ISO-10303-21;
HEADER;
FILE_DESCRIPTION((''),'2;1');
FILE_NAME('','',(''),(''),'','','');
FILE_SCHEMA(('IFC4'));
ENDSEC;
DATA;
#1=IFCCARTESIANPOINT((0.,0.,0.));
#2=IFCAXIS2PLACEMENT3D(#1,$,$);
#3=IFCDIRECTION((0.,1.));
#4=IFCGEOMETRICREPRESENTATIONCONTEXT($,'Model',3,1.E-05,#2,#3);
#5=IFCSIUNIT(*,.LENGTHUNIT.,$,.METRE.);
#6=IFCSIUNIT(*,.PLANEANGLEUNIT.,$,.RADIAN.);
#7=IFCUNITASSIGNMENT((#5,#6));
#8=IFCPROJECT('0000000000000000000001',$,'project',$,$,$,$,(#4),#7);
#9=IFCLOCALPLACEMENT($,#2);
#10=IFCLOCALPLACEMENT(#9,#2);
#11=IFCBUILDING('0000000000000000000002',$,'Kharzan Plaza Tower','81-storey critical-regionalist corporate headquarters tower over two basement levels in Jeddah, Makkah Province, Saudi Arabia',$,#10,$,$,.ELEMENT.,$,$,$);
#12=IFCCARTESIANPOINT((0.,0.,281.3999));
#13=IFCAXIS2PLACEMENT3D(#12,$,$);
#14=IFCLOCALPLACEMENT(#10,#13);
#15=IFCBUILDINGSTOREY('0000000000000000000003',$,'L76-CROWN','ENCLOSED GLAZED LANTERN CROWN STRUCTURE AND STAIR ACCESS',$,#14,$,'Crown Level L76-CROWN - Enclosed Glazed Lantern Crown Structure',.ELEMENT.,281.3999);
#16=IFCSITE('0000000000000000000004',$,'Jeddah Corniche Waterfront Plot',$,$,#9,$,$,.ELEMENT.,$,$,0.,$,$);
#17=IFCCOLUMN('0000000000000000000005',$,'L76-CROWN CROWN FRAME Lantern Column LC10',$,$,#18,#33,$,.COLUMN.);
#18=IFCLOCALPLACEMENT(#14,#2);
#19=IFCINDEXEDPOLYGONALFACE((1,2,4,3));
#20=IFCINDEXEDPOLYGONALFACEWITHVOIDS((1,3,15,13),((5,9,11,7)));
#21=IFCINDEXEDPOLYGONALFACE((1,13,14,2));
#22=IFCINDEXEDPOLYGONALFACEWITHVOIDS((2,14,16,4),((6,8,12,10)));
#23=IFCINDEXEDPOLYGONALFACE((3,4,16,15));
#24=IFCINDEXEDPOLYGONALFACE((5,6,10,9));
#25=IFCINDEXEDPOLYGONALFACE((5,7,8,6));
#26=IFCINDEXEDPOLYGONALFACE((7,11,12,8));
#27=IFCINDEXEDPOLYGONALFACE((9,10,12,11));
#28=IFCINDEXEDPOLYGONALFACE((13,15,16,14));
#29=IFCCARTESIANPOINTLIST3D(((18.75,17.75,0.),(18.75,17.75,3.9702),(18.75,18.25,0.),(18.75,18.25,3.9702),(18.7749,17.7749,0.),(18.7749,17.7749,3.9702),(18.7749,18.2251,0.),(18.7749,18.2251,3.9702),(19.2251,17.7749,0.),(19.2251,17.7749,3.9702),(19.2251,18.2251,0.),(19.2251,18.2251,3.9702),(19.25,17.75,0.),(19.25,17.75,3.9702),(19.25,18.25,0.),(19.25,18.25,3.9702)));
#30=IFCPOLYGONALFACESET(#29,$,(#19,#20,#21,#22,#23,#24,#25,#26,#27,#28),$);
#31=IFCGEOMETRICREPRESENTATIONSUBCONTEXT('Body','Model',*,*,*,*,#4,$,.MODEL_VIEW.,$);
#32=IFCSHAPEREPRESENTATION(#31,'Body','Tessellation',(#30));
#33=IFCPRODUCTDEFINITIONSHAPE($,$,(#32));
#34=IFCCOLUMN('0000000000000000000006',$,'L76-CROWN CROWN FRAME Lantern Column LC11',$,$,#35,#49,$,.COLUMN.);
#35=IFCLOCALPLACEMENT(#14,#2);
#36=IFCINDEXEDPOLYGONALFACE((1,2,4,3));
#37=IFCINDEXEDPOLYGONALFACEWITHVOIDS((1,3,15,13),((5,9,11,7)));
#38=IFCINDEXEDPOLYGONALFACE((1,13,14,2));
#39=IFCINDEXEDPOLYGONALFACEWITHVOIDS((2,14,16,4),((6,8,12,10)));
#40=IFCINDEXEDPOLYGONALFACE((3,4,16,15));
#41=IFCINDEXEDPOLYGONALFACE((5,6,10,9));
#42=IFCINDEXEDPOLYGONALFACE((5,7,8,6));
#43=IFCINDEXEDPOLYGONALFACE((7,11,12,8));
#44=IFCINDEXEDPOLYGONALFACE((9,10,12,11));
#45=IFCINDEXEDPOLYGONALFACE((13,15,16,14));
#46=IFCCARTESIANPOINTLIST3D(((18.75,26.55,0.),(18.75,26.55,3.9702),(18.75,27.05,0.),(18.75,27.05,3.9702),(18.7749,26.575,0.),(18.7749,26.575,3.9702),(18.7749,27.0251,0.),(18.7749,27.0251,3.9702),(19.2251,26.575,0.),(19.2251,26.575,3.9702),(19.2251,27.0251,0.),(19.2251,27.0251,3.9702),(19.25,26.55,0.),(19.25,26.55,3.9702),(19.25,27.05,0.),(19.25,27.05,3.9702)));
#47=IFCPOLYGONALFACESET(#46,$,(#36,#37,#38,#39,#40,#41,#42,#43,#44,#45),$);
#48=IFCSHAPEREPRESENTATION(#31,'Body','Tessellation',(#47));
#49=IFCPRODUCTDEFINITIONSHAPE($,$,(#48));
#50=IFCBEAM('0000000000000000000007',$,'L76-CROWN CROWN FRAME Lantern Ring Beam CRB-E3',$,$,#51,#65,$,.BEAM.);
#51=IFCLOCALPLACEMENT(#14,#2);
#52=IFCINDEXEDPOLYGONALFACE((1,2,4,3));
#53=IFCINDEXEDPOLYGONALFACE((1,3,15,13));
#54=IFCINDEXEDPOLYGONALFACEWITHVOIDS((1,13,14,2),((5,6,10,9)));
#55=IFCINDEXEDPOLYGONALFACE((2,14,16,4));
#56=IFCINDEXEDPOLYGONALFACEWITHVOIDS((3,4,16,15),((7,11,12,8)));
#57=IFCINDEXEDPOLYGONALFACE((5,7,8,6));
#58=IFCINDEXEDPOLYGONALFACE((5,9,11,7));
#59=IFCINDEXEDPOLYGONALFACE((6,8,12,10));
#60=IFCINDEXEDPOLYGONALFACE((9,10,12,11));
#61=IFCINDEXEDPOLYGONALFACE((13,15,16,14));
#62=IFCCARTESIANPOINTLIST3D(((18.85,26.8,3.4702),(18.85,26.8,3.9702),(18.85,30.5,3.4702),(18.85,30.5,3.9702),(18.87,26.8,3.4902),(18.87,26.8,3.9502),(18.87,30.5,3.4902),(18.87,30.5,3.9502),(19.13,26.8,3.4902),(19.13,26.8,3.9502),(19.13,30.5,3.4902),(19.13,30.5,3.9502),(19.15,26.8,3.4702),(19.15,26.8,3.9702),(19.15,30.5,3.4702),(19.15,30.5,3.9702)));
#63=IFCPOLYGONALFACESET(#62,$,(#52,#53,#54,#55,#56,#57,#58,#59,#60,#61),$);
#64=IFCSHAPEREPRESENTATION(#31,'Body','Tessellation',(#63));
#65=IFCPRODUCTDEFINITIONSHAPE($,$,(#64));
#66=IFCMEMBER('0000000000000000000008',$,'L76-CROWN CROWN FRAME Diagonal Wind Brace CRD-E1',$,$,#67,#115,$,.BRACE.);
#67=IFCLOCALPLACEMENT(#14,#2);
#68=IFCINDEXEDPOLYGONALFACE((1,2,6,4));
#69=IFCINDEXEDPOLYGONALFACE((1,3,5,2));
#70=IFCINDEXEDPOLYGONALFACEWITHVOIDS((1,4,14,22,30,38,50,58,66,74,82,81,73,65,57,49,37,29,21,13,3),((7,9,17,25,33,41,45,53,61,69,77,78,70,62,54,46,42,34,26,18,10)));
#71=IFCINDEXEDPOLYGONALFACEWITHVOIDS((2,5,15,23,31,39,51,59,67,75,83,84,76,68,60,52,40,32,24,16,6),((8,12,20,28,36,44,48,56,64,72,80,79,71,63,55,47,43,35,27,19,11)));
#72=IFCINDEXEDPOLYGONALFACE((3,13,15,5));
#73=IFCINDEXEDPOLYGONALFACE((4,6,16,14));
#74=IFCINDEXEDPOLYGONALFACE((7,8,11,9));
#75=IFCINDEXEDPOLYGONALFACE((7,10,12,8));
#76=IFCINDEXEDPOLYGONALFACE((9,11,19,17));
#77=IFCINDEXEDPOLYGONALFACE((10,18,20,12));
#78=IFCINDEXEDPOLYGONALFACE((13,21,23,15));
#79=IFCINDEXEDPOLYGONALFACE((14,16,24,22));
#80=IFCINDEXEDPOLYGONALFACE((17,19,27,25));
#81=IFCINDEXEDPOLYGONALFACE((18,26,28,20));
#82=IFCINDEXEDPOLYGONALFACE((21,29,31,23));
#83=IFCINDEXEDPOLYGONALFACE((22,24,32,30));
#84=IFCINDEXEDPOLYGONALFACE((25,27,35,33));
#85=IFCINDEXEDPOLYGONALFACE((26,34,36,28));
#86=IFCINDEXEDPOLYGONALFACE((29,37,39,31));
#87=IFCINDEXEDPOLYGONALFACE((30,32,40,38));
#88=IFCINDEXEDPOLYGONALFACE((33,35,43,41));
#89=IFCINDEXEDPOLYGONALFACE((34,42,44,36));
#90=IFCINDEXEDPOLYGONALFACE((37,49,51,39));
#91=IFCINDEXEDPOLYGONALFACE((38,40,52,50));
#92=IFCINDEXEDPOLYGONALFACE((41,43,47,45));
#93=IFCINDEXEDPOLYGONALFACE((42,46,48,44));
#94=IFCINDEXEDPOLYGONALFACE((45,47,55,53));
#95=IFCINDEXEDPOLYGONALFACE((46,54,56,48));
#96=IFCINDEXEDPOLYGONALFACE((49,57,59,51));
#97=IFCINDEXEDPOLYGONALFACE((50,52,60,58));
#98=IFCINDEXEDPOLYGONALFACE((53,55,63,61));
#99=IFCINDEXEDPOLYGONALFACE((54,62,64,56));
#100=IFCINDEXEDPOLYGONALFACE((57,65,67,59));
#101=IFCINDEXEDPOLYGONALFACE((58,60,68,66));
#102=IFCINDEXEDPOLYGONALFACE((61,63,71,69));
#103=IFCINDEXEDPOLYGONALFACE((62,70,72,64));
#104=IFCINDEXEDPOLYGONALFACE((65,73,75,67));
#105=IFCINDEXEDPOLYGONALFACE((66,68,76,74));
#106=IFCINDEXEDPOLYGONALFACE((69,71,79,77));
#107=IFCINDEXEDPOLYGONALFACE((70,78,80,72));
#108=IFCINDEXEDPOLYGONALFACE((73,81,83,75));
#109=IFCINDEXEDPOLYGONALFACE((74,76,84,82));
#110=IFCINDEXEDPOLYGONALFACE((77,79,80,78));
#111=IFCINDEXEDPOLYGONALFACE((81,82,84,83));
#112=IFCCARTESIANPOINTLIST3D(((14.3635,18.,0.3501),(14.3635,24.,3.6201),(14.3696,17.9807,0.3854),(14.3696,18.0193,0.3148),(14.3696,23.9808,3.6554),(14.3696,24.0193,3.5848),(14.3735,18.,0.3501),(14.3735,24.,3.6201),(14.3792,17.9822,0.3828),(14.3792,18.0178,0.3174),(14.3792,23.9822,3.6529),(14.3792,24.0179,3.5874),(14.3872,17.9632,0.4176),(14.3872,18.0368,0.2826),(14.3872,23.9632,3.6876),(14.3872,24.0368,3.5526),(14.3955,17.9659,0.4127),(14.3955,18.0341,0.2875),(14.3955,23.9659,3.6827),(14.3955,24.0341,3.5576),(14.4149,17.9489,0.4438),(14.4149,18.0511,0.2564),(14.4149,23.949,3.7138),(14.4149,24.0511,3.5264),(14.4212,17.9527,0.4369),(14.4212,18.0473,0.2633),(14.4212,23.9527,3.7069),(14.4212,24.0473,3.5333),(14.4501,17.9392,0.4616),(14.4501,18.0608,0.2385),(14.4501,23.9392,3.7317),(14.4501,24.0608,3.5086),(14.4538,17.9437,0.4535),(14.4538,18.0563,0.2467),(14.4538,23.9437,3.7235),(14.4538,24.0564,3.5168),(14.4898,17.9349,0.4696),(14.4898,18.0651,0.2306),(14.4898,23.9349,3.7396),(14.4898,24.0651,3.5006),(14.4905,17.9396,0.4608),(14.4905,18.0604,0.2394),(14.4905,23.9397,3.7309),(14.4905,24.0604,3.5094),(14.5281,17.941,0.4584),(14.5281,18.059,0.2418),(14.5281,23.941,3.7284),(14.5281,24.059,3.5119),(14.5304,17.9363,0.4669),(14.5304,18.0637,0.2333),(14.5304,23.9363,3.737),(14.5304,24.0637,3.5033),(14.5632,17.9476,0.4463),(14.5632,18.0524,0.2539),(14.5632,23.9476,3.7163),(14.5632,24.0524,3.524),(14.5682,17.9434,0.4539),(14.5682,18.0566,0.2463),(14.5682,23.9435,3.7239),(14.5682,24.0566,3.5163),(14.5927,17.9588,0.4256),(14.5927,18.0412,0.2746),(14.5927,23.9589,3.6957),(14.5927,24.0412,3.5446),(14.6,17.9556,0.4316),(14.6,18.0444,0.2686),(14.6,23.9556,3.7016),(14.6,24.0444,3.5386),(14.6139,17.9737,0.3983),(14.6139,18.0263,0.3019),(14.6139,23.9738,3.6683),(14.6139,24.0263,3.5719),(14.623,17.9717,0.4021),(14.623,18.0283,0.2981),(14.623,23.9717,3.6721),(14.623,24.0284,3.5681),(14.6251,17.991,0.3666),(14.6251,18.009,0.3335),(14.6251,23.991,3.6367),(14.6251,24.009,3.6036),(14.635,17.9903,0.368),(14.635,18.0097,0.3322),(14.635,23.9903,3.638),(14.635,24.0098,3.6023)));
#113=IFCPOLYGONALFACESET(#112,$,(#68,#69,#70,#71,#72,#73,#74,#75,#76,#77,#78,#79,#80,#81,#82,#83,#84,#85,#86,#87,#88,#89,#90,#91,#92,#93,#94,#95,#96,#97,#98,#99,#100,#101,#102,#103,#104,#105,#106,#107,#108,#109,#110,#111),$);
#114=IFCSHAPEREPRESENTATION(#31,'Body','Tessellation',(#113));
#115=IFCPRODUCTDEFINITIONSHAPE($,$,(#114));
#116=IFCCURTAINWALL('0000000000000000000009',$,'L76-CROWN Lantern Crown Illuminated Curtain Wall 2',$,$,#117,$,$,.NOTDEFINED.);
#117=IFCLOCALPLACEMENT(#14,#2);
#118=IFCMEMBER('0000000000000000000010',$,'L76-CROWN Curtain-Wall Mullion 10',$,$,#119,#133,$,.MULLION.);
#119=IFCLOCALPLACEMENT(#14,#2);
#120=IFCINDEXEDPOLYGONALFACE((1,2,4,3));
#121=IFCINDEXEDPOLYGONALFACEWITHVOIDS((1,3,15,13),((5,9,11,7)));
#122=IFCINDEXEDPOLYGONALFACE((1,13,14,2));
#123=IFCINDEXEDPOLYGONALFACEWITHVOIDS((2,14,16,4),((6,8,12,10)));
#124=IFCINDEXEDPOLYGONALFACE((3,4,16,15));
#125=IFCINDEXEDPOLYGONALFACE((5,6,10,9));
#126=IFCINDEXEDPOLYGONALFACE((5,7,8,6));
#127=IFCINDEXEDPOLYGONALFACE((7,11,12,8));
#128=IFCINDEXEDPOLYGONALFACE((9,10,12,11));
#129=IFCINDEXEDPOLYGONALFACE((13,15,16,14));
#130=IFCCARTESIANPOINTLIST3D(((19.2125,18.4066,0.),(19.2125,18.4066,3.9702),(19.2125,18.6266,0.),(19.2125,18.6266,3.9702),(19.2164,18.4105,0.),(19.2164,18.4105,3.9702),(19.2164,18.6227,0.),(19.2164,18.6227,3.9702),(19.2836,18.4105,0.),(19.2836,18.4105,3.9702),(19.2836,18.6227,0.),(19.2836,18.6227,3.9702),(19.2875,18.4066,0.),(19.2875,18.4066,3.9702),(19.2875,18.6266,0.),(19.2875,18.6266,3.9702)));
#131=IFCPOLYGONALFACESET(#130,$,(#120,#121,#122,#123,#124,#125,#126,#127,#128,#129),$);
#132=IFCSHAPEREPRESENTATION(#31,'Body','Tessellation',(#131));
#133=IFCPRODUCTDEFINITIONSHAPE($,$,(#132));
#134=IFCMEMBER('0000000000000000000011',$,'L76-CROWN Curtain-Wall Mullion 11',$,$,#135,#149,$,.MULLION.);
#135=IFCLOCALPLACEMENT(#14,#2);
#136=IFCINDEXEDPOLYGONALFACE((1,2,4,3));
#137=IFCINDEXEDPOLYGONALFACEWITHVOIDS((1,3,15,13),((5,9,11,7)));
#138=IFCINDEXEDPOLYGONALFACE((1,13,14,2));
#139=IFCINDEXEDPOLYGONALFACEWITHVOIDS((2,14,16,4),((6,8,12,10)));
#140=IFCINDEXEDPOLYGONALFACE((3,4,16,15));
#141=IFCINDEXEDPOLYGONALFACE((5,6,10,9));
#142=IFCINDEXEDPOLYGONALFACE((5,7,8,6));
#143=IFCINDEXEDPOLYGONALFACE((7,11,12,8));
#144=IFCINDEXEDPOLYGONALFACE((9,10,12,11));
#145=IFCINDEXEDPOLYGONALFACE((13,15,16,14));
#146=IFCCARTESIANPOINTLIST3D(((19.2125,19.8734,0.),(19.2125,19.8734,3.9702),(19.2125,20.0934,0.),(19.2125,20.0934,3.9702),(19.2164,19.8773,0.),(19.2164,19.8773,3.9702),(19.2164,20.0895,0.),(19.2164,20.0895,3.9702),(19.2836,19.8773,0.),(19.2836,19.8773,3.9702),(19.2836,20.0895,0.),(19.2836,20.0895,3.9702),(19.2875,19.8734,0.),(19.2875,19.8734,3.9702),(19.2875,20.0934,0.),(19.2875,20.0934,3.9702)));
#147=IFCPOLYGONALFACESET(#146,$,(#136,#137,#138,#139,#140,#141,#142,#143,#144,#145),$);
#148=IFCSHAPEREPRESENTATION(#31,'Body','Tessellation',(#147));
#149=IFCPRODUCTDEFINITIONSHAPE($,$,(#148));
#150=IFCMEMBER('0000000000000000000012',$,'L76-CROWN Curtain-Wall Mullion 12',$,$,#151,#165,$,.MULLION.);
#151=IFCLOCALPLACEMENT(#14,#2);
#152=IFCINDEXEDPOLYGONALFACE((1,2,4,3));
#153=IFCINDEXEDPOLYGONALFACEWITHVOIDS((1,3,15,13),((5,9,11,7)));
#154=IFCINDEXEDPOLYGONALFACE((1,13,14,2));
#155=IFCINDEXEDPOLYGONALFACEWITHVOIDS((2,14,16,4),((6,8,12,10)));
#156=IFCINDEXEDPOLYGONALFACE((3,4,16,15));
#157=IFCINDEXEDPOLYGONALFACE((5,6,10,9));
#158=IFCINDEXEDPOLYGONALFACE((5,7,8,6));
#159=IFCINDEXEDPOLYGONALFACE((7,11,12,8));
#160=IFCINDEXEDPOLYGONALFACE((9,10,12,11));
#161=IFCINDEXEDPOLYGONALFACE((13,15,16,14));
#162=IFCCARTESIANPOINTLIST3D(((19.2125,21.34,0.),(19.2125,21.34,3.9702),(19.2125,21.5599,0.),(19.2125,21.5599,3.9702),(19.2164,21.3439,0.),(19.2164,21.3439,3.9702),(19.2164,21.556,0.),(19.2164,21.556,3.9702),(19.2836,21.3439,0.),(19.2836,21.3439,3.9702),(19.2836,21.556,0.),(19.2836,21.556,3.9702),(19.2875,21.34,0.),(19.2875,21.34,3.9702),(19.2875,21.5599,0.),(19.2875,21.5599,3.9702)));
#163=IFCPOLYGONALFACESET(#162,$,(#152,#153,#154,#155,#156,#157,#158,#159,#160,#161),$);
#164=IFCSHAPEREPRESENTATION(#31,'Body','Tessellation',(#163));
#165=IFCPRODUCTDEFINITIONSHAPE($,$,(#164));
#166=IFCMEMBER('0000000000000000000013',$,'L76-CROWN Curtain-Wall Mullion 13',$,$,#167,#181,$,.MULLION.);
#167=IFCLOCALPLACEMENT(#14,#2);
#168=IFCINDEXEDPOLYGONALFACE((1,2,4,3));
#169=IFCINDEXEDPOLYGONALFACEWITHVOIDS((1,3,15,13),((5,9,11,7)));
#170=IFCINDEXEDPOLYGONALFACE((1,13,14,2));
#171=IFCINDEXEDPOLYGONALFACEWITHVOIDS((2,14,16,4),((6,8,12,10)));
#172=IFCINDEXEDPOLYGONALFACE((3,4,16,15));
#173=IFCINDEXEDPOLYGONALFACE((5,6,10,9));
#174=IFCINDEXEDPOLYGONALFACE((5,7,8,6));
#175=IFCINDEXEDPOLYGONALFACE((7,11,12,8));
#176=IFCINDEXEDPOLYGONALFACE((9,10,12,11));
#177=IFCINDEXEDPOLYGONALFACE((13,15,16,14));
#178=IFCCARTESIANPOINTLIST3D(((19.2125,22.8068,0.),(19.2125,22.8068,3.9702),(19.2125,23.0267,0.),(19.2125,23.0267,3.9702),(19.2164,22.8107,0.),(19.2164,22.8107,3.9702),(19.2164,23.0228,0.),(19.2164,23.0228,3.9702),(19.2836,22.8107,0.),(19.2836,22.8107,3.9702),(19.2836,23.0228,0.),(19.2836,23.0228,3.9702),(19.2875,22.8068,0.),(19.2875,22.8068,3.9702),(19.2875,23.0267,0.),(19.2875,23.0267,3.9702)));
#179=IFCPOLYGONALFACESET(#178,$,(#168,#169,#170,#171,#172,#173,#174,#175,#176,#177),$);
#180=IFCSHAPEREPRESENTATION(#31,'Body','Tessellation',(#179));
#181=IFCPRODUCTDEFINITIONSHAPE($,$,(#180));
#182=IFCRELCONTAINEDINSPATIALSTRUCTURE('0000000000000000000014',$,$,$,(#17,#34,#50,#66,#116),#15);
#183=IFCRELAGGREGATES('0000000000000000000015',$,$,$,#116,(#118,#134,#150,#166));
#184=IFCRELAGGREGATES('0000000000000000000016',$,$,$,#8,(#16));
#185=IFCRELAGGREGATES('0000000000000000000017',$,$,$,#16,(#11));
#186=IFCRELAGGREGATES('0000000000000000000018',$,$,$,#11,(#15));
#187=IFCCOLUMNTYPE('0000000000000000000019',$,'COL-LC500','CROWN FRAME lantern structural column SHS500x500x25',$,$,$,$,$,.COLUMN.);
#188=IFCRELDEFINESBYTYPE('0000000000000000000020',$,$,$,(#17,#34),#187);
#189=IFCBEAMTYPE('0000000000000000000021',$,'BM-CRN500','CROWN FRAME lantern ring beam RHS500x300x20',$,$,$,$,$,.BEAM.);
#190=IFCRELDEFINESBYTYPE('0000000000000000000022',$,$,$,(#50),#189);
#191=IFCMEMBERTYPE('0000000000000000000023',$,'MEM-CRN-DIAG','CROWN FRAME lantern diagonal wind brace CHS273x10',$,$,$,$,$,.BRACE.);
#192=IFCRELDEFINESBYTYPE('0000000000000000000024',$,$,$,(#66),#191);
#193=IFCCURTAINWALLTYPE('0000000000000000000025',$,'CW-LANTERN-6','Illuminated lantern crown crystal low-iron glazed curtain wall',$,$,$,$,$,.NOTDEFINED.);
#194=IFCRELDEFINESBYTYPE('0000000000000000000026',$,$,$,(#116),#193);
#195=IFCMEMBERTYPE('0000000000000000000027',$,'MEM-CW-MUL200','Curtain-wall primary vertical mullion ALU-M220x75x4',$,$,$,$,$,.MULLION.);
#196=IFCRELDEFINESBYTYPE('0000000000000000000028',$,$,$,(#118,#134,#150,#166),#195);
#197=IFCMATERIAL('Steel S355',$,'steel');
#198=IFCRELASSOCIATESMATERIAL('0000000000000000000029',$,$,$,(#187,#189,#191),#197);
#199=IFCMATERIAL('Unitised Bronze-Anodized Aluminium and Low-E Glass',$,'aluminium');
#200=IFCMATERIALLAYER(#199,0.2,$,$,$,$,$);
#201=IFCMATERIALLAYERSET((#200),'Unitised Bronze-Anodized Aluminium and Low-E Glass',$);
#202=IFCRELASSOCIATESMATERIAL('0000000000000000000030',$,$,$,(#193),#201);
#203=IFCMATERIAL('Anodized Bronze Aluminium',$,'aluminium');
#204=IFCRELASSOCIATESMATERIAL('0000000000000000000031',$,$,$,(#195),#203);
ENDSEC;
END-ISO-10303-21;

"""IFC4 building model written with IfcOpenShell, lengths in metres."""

from ifc_helpers import new_model, si_unit, direction, frame, origin, origin_2d, place, context, subcontext, project, spatial, hollow_rectangle, hollow_circle, extrude, source, transform, mapped, material, layer, layer_set, material_profile, profile_set, type_object, element, aggregate, save


model = new_model("IFC4")

# Units and contexts
model_context = context("Model", 3, precision=1e-05, world=origin(), true_north=direction((0.0, 1.0)))
body_context = subcontext(model_context, "Body", "Model", "MODEL_VIEW")
ifc_project = project(units=[si_unit("LENGTHUNIT", "METRE"), si_unit("PLANEANGLEUNIT", "RADIAN")], contexts=[model_context])

# Site, building, storey
site_placement = place(None, origin())
site = spatial("IfcSite", under=ifc_project, at=site_placement, Name="Jeddah Corniche Waterfront Plot", CompositionType="ELEMENT", RefElevation=0.0)
building_placement = place(site_placement, origin())
building = spatial("IfcBuilding", under=site, at=building_placement, Name="Kharzan Plaza Tower", Description="81-storey critical-regionalist corporate headquarters tower over two basement levels in Jeddah, Makkah Province, Saudi Arabia", CompositionType="ELEMENT")
storey_placement = place(building_placement, frame((0.0, 0.0, 281.3999)))
storey = spatial("IfcBuildingStorey", under=building, at=storey_placement, Name="L76-CROWN", Description="ENCLOSED GLAZED LANTERN CROWN STRUCTURE AND STAIR ACCESS", LongName="Crown Level L76-CROWN - Enclosed Glazed Lantern Crown Structure", CompositionType="ELEMENT", Elevation=281.3999)

# Columns
ifc_material_1 = material(Name="Steel S355", Category="steel")
ifc_material_profile_1 = material_profile(ifc_material_1, hollow_rectangle(XDim=0.5, YDim=0.5, WallThickness=0.0249, at=origin_2d()), Name="SHS500x500x25")
ifc_profile_set_1 = profile_set([ifc_material_profile_1], Name="Steel S355")
column_type = type_object("IfcColumnType", Name="COL-LC500", Description="CROWN FRAME lantern structural column SHS500x500x25", PredefinedType="COLUMN", material=ifc_profile_set_1)
shared_shape_1 = source(origin(), body_context, "Body", "SweptSolid", [
    extrude(hollow_rectangle(XDim=0.5, YDim=0.5, WallThickness=0.0249, at=origin_2d()), origin(), (0.0, 0.0, 1.0), 3.9702),
])
for number, where, z_axis, x_axis, name in (
    (1, (19.0, 18.0, 0.0), (0.0, 0.0, 1.0), (1.0, 0.0, 0.0), "L76-CROWN CROWN FRAME Lantern Column LC10"),
    (2, (19.0, 26.8, 0.0), (0.0, 0.0, 1.0), (1.0, 0.0, 0.0), "L76-CROWN CROWN FRAME Lantern Column LC11"),
):
    element("IfcColumn", number, at=place(storey_placement, frame(where, z_axis=z_axis, x_axis=x_axis)), inside=storey, type_object=column_type, Name=name, PredefinedType="COLUMN", context=body_context, shape_type="MappedRepresentation", body=[
        mapped(shared_shape_1, transform((0.0, 0.0, 0.0), x_axis=(1.0, 0.0, 0.0), y_axis=(0.0, 1.0, 0.0), z_axis=(0.0, 0.0, 1.0))),
    ])

# Beam
ifc_material_profile_2 = material_profile(ifc_material_1, hollow_rectangle(XDim=0.3, YDim=0.5, WallThickness=0.02, at=origin_2d()), Name="RHS500x300x20")
ifc_profile_set_2 = profile_set([ifc_material_profile_2], Name="Steel S355")
beam_type = type_object("IfcBeamType", Name="BM-CRN500", Description="CROWN FRAME lantern ring beam RHS500x300x20", PredefinedType="BEAM", material=ifc_profile_set_2)
shared_shape_2 = source(origin(), body_context, "Body", "SweptSolid", [
    extrude(hollow_rectangle(XDim=0.3, YDim=0.5, WallThickness=0.02, at=origin_2d()), origin(), (0.0, 0.0, 1.0), 3.7),
])
beam_placement = place(storey_placement, frame((19.0, 26.8, 3.7202), z_axis=(0.0, 1.0, 0.0), x_axis=(-1.0, 0.0, 0.0)))
element("IfcBeam", 3, at=beam_placement, inside=storey, type_object=beam_type, Name="L76-CROWN CROWN FRAME Lantern Ring Beam CRB-E3", PredefinedType="BEAM", context=body_context, shape_type="MappedRepresentation", body=[
    mapped(shared_shape_2, transform((0.0, 0.0, 0.0), x_axis=(1.0, 0.0, 0.0), y_axis=(0.0, 1.0, 0.0), z_axis=(0.0, 0.0, 1.0))),
])

# Member
ifc_material_profile_3 = material_profile(ifc_material_1, hollow_circle(Radius=0.1365, WallThickness=0.01, at=origin_2d()), Name="CHS273x10")
ifc_profile_set_3 = profile_set([ifc_material_profile_3], Name="Steel S355")
member_type_1 = type_object("IfcMemberType", Name="MEM-CRN-DIAG", Description="CROWN FRAME lantern diagonal wind brace CHS273x10", PredefinedType="BRACE", material=ifc_profile_set_3)
shared_shape_3 = source(origin(), body_context, "Body", "SweptSolid", [
    extrude(hollow_circle(Radius=0.1365, WallThickness=0.01, at=origin_2d()), origin(), (0.0, 0.0, 1.0), 6.8333),
])
member_1_placement = place(storey_placement, frame((14.5, 18.0, 0.3501), z_axis=(0.0, 0.878062, 0.478547), x_axis=(-1.0, 0.0, 0.0)))
element("IfcMember", 4, at=member_1_placement, inside=storey, type_object=member_type_1, Name="L76-CROWN CROWN FRAME Diagonal Wind Brace CRD-E1", PredefinedType="BRACE", context=body_context, shape_type="MappedRepresentation", body=[
    mapped(shared_shape_3, transform((0.0, 0.0, 0.0), x_axis=(1.0, 0.0, 0.0), y_axis=(0.0, 1.0, 0.0), z_axis=(0.0, 0.0, 1.0))),
])

# Curtain wall, members
ifc_material_2 = material(Name="Unitised Bronze-Anodized Aluminium and Low-E Glass", Category="aluminium")
ifc_layer_1 = layer(ifc_material_2, 0.2)
ifc_layer_set_1 = layer_set([ifc_layer_1], Name="Unitised Bronze-Anodized Aluminium and Low-E Glass")
curtain_wall_type = type_object("IfcCurtainWallType", Name="CW-LANTERN-6", Description="Illuminated lantern crown crystal low-iron glazed curtain wall", PredefinedType="NOTDEFINED", material=ifc_layer_set_1)
curtain_wall_placement = place(storey_placement, origin())
curtain_wall = element("IfcCurtainWall", 5, at=curtain_wall_placement, inside=storey, type_object=curtain_wall_type, Name="L76-CROWN Lantern Crown Illuminated Curtain Wall 2", PredefinedType="NOTDEFINED")
ifc_material_3 = material(Name="Anodized Bronze Aluminium", Category="aluminium")
ifc_material_profile_4 = material_profile(ifc_material_3, hollow_rectangle(XDim=0.075, YDim=0.22, WallThickness=0.0039, at=origin_2d()), Name="ALU-M220x75x4")
ifc_profile_set_4 = profile_set([ifc_material_profile_4], Name="Anodized Bronze Aluminium")
member_type_2 = type_object("IfcMemberType", Name="MEM-CW-MUL200", Description="Curtain-wall primary vertical mullion ALU-M220x75x4", PredefinedType="MULLION", material=ifc_profile_set_4)
shared_shape_4 = source(origin(), body_context, "Body", "SweptSolid", [
    extrude(hollow_rectangle(XDim=0.075, YDim=0.22, WallThickness=0.0039, at=origin_2d()), origin(), (0.0, 0.0, 1.0), 3.9702),
])
member_2_placement = place(storey_placement, frame((19.25, 18.5166, 0.0), z_axis=(0.0, 0.0, 1.0), x_axis=(1.0, 0.0, 0.0)))
member_2 = element("IfcMember", 6, at=member_2_placement, type_object=member_type_2, Name="L76-CROWN Curtain-Wall Mullion 10", PredefinedType="MULLION", context=body_context, shape_type="MappedRepresentation", body=[
    mapped(shared_shape_4, transform((0.0, 0.0, 0.0), x_axis=(1.0, 0.0, 0.0), y_axis=(0.0, 1.0, 0.0), z_axis=(0.0, 0.0, 1.0))),
])
member_3_placement = place(storey_placement, frame((19.25, 19.9834, 0.0), z_axis=(0.0, 0.0, 1.0), x_axis=(1.0, 0.0, 0.0)))
member_3 = element("IfcMember", 7, at=member_3_placement, type_object=member_type_2, Name="L76-CROWN Curtain-Wall Mullion 11", PredefinedType="MULLION", context=body_context, shape_type="MappedRepresentation", body=[
    mapped(shared_shape_4, transform((0.0, 0.0, 0.0), x_axis=(1.0, 0.0, 0.0), y_axis=(0.0, 1.0, 0.0), z_axis=(0.0, 0.0, 1.0))),
])
member_4_placement = place(storey_placement, frame((19.25, 21.45, 0.0), z_axis=(0.0, 0.0, 1.0), x_axis=(1.0, 0.0, 0.0)))
member_4 = element("IfcMember", 8, at=member_4_placement, type_object=member_type_2, Name="L76-CROWN Curtain-Wall Mullion 12", PredefinedType="MULLION", context=body_context, shape_type="MappedRepresentation", body=[
    mapped(shared_shape_4, transform((0.0, 0.0, 0.0), x_axis=(1.0, 0.0, 0.0), y_axis=(0.0, 1.0, 0.0), z_axis=(0.0, 0.0, 1.0))),
])
member_5_placement = place(storey_placement, frame((19.25, 22.9167, 0.0), z_axis=(0.0, 0.0, 1.0), x_axis=(1.0, 0.0, 0.0)))
member_5 = element("IfcMember", 9, at=member_5_placement, type_object=member_type_2, Name="L76-CROWN Curtain-Wall Mullion 13", PredefinedType="MULLION", context=body_context, shape_type="MappedRepresentation", body=[
    mapped(shared_shape_4, transform((0.0, 0.0, 0.0), x_axis=(1.0, 0.0, 0.0), y_axis=(0.0, 1.0, 0.0), z_axis=(0.0, 0.0, 1.0))),
])
aggregate(curtain_wall, [member_2, member_3, member_4, member_5])

save(model, "model.ifc")
